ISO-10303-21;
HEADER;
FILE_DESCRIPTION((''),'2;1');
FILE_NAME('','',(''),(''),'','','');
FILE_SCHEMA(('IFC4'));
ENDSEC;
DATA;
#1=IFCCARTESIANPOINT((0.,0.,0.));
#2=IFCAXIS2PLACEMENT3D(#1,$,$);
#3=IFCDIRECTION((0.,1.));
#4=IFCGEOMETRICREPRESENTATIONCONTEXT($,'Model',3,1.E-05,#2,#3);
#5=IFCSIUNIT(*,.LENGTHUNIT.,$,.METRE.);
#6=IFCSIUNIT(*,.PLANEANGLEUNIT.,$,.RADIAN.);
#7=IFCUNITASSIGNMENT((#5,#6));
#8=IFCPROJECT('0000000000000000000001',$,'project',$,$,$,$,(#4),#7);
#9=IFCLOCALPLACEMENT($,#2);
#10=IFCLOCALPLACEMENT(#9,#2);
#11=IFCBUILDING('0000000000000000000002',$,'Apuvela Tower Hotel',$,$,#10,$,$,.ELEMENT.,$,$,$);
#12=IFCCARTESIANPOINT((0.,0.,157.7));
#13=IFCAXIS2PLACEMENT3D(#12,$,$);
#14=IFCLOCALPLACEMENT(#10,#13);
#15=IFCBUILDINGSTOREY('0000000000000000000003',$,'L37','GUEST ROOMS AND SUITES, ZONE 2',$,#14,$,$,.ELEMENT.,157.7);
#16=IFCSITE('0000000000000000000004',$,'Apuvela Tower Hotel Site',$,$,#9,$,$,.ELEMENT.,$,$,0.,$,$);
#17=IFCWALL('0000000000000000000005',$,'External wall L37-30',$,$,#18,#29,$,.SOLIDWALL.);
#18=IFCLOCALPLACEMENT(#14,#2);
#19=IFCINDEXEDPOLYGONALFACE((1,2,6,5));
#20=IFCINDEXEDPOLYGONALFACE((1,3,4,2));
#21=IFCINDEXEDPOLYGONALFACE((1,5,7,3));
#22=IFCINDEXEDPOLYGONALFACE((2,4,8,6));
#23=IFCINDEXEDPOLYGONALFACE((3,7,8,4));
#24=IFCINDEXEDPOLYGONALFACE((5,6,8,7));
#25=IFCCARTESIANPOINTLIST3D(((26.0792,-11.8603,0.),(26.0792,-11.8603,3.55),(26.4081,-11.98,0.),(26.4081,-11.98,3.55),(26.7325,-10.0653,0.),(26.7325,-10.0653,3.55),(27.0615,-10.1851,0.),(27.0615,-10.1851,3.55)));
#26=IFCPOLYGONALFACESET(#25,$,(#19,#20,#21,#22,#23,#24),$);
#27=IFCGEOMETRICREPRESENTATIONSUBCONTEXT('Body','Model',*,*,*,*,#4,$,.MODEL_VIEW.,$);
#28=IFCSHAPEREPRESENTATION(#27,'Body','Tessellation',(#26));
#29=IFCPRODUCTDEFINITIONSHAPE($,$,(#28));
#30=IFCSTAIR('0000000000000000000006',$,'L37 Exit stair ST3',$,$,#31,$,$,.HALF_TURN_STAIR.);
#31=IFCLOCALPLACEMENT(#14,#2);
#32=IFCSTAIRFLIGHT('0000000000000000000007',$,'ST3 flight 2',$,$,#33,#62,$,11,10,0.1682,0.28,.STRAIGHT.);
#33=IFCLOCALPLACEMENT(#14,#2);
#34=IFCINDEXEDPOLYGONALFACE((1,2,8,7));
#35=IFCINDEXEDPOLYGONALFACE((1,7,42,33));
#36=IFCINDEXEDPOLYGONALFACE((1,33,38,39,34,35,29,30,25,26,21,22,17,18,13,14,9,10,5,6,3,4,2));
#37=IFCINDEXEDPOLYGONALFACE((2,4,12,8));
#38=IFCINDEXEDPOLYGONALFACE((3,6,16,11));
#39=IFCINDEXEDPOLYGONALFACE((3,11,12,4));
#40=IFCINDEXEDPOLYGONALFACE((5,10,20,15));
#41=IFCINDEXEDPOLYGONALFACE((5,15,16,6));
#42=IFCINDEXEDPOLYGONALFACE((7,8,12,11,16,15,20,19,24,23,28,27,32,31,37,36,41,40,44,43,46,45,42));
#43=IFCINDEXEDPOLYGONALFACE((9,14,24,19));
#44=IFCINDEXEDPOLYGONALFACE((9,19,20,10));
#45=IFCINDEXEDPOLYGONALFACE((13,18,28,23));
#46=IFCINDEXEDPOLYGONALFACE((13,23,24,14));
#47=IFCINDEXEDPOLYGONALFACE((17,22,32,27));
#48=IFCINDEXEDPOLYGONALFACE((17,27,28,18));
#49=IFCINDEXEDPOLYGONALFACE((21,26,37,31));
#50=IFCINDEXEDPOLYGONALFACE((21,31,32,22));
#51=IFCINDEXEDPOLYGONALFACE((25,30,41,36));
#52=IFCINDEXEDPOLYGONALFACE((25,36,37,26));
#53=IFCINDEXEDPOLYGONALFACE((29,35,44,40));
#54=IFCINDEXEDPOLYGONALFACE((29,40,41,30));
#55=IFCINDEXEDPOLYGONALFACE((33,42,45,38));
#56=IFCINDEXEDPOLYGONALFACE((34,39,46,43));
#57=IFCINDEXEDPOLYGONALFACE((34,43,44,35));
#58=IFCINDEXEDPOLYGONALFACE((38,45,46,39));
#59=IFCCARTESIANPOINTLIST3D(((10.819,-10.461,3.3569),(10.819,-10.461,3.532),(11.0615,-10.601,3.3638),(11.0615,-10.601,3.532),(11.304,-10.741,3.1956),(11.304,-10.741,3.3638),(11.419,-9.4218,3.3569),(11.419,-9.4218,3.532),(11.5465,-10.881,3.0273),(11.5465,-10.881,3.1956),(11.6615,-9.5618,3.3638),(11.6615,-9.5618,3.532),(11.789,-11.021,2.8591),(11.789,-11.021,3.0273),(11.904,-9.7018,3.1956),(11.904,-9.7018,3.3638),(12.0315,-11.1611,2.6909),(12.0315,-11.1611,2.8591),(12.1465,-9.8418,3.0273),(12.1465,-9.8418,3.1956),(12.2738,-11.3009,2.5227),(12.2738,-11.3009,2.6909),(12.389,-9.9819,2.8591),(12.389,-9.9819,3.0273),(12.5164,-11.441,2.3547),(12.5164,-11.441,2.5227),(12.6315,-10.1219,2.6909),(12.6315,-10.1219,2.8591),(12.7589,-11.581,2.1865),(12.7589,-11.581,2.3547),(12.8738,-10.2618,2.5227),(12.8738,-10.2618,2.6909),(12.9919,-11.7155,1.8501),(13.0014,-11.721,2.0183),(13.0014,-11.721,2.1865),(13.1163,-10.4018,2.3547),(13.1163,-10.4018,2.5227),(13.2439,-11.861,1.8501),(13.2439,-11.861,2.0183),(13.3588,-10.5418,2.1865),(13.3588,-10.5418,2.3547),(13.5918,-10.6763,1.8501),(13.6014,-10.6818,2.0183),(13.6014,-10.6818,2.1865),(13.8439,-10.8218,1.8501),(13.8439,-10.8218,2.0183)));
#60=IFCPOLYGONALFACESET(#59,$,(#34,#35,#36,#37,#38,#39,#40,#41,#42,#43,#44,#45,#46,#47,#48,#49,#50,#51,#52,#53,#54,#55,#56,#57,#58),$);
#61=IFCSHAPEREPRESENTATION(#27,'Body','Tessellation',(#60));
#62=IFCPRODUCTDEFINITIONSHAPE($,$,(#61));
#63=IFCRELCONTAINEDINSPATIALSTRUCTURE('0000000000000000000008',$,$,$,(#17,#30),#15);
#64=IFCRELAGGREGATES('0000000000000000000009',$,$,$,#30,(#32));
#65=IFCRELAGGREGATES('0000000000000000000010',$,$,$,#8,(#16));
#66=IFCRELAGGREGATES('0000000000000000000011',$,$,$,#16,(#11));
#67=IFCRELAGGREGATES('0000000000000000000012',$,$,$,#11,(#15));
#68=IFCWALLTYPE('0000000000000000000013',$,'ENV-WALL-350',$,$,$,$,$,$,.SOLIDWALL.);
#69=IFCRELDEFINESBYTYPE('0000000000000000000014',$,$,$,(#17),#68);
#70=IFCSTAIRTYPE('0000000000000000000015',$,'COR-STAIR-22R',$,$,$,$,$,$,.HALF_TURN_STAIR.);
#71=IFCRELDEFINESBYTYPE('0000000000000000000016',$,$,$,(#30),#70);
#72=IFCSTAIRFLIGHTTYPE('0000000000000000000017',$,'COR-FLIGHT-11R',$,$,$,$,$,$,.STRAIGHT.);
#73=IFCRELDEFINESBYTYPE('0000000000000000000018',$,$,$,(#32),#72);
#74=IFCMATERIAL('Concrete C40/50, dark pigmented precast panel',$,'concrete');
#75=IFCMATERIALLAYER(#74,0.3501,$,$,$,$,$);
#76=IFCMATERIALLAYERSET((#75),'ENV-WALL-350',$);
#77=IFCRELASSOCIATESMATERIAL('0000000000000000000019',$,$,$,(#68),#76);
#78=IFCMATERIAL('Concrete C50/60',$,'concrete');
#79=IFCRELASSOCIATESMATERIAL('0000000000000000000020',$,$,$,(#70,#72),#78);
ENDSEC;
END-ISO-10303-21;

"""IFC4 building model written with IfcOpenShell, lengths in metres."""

from ifc_helpers import new_model, si_unit, direction, frame, frame_2d, origin, place, context, subcontext, project, spatial, polyline, rectangle, outline, extrude, material, layer, layer_set, type_object, element, aggregate, save


model = new_model("IFC4")

# Units and contexts
model_context = context("Model", 3, precision=1e-05, world=origin(), true_north=direction((0.0, 1.0)))
body_context = subcontext(model_context, "Body", "Model", "MODEL_VIEW")
ifc_project = project(units=[si_unit("LENGTHUNIT", "METRE"), si_unit("PLANEANGLEUNIT", "RADIAN")], contexts=[model_context])

# Site, building, storey
site_placement = place(None, origin())
site = spatial("IfcSite", under=ifc_project, at=site_placement, Name="Apuvela Tower Hotel Site", CompositionType="ELEMENT", RefElevation=0.0)
building_placement = place(site_placement, origin())
building = spatial("IfcBuilding", under=site, at=building_placement, Name="Apuvela Tower Hotel", CompositionType="ELEMENT")
storey_placement = place(building_placement, frame((0.0, 0.0, 157.7)))
storey = spatial("IfcBuildingStorey", under=building, at=storey_placement, Name="L37", Description="GUEST ROOMS AND SUITES, ZONE 2", CompositionType="ELEMENT", Elevation=157.7)

# Shared definitions
ifc_material_1 = material(Name="Concrete C50/60", Category="concrete")

# Shared definitions
ifc_material_2 = material(Name="Concrete C40/50, dark pigmented precast panel", Category="concrete")
ifc_layer_1 = layer(ifc_material_2, 0.3501)
ifc_layer_set_1 = layer_set([ifc_layer_1], Name="ENV-WALL-350")
wall_type_1 = type_object("IfcWallType", Name="ENV-WALL-350", PredefinedType="SOLIDWALL", material=ifc_layer_set_1)

# Wall
wall_1_placement = place(storey_placement, frame((26.2437, -11.9202, 0.0), z_axis=(0.0, 0.0, 1.0), x_axis=(0.34203, 0.939689, 0.0)))
element("IfcWall", 1, at=wall_1_placement, inside=storey, type_object=wall_type_1, Name="External wall L37-30", PredefinedType="SOLIDWALL", context=body_context, shape_type="SweptSolid", body=[
    extrude(rectangle(XDim=1.9102, YDim=0.3501, at=frame_2d((0.9551, 0.0))), origin(), (0.0, 0.0, 1.0), 3.55),
])

# Stair, stair flight
stair_type = type_object("IfcStairType", Name="COR-STAIR-22R", PredefinedType="HALF_TURN_STAIR", material=ifc_material_1)
stair_placement = place(storey_placement, origin())
stair = element("IfcStair", 2, at=stair_placement, inside=storey, type_object=stair_type, Name="L37 Exit stair ST3", PredefinedType="HALF_TURN_STAIR")
stair_flight_type = type_object("IfcStairFlightType", Name="COR-FLIGHT-11R", PredefinedType="STRAIGHT", material=ifc_material_1)
stair_flight_placement = place(storey_placement, frame((13.5439, -11.3413, 1.8501), z_axis=(0.0, 0.0, 1.0), x_axis=(-0.866025, 0.5, 0.0)))
stair_flight = element("IfcStairFlight", 3, at=stair_flight_placement, type_object=stair_flight_type, Name="ST3 flight 2", NumberOfRisers=11, NumberOfTreads=10, PredefinedType="STRAIGHT", RiserHeight=0.1682, TreadLength=0.28, context=body_context, shape_type="SweptSolid", body=[
    extrude(outline(polyline([(0.0, 0.0), (0.0, 0.1682), (0.28, 0.1682), (0.28, 0.3364), (0.5601, 0.3364), (0.5601, 0.5046), (0.8401, 0.5046), (0.8401, 0.6726), (1.1201, 0.6726), (1.1201, 0.8408), (1.3999, 0.8408), (1.3999, 1.009), (1.6799, 1.009), (1.6799, 1.1772), (1.96, 1.1772), (1.96, 1.3455), (2.24, 1.3455), (2.24, 1.5137), (2.52, 1.5137), (2.52, 1.6819), (2.8, 1.6819), (2.8, 1.8501), (2.8, 1.5068), (0.291, 0.0), (0.0, 0.0)])), frame((0.0, 0.6001, 0.0), z_axis=(0.0, -1.0, 0.0), x_axis=(1.0, 0.0, 0.0)), (0.0, 0.0, 1.0), 1.2),
])
aggregate(stair, [stair_flight])

save(model, "model.ifc")
